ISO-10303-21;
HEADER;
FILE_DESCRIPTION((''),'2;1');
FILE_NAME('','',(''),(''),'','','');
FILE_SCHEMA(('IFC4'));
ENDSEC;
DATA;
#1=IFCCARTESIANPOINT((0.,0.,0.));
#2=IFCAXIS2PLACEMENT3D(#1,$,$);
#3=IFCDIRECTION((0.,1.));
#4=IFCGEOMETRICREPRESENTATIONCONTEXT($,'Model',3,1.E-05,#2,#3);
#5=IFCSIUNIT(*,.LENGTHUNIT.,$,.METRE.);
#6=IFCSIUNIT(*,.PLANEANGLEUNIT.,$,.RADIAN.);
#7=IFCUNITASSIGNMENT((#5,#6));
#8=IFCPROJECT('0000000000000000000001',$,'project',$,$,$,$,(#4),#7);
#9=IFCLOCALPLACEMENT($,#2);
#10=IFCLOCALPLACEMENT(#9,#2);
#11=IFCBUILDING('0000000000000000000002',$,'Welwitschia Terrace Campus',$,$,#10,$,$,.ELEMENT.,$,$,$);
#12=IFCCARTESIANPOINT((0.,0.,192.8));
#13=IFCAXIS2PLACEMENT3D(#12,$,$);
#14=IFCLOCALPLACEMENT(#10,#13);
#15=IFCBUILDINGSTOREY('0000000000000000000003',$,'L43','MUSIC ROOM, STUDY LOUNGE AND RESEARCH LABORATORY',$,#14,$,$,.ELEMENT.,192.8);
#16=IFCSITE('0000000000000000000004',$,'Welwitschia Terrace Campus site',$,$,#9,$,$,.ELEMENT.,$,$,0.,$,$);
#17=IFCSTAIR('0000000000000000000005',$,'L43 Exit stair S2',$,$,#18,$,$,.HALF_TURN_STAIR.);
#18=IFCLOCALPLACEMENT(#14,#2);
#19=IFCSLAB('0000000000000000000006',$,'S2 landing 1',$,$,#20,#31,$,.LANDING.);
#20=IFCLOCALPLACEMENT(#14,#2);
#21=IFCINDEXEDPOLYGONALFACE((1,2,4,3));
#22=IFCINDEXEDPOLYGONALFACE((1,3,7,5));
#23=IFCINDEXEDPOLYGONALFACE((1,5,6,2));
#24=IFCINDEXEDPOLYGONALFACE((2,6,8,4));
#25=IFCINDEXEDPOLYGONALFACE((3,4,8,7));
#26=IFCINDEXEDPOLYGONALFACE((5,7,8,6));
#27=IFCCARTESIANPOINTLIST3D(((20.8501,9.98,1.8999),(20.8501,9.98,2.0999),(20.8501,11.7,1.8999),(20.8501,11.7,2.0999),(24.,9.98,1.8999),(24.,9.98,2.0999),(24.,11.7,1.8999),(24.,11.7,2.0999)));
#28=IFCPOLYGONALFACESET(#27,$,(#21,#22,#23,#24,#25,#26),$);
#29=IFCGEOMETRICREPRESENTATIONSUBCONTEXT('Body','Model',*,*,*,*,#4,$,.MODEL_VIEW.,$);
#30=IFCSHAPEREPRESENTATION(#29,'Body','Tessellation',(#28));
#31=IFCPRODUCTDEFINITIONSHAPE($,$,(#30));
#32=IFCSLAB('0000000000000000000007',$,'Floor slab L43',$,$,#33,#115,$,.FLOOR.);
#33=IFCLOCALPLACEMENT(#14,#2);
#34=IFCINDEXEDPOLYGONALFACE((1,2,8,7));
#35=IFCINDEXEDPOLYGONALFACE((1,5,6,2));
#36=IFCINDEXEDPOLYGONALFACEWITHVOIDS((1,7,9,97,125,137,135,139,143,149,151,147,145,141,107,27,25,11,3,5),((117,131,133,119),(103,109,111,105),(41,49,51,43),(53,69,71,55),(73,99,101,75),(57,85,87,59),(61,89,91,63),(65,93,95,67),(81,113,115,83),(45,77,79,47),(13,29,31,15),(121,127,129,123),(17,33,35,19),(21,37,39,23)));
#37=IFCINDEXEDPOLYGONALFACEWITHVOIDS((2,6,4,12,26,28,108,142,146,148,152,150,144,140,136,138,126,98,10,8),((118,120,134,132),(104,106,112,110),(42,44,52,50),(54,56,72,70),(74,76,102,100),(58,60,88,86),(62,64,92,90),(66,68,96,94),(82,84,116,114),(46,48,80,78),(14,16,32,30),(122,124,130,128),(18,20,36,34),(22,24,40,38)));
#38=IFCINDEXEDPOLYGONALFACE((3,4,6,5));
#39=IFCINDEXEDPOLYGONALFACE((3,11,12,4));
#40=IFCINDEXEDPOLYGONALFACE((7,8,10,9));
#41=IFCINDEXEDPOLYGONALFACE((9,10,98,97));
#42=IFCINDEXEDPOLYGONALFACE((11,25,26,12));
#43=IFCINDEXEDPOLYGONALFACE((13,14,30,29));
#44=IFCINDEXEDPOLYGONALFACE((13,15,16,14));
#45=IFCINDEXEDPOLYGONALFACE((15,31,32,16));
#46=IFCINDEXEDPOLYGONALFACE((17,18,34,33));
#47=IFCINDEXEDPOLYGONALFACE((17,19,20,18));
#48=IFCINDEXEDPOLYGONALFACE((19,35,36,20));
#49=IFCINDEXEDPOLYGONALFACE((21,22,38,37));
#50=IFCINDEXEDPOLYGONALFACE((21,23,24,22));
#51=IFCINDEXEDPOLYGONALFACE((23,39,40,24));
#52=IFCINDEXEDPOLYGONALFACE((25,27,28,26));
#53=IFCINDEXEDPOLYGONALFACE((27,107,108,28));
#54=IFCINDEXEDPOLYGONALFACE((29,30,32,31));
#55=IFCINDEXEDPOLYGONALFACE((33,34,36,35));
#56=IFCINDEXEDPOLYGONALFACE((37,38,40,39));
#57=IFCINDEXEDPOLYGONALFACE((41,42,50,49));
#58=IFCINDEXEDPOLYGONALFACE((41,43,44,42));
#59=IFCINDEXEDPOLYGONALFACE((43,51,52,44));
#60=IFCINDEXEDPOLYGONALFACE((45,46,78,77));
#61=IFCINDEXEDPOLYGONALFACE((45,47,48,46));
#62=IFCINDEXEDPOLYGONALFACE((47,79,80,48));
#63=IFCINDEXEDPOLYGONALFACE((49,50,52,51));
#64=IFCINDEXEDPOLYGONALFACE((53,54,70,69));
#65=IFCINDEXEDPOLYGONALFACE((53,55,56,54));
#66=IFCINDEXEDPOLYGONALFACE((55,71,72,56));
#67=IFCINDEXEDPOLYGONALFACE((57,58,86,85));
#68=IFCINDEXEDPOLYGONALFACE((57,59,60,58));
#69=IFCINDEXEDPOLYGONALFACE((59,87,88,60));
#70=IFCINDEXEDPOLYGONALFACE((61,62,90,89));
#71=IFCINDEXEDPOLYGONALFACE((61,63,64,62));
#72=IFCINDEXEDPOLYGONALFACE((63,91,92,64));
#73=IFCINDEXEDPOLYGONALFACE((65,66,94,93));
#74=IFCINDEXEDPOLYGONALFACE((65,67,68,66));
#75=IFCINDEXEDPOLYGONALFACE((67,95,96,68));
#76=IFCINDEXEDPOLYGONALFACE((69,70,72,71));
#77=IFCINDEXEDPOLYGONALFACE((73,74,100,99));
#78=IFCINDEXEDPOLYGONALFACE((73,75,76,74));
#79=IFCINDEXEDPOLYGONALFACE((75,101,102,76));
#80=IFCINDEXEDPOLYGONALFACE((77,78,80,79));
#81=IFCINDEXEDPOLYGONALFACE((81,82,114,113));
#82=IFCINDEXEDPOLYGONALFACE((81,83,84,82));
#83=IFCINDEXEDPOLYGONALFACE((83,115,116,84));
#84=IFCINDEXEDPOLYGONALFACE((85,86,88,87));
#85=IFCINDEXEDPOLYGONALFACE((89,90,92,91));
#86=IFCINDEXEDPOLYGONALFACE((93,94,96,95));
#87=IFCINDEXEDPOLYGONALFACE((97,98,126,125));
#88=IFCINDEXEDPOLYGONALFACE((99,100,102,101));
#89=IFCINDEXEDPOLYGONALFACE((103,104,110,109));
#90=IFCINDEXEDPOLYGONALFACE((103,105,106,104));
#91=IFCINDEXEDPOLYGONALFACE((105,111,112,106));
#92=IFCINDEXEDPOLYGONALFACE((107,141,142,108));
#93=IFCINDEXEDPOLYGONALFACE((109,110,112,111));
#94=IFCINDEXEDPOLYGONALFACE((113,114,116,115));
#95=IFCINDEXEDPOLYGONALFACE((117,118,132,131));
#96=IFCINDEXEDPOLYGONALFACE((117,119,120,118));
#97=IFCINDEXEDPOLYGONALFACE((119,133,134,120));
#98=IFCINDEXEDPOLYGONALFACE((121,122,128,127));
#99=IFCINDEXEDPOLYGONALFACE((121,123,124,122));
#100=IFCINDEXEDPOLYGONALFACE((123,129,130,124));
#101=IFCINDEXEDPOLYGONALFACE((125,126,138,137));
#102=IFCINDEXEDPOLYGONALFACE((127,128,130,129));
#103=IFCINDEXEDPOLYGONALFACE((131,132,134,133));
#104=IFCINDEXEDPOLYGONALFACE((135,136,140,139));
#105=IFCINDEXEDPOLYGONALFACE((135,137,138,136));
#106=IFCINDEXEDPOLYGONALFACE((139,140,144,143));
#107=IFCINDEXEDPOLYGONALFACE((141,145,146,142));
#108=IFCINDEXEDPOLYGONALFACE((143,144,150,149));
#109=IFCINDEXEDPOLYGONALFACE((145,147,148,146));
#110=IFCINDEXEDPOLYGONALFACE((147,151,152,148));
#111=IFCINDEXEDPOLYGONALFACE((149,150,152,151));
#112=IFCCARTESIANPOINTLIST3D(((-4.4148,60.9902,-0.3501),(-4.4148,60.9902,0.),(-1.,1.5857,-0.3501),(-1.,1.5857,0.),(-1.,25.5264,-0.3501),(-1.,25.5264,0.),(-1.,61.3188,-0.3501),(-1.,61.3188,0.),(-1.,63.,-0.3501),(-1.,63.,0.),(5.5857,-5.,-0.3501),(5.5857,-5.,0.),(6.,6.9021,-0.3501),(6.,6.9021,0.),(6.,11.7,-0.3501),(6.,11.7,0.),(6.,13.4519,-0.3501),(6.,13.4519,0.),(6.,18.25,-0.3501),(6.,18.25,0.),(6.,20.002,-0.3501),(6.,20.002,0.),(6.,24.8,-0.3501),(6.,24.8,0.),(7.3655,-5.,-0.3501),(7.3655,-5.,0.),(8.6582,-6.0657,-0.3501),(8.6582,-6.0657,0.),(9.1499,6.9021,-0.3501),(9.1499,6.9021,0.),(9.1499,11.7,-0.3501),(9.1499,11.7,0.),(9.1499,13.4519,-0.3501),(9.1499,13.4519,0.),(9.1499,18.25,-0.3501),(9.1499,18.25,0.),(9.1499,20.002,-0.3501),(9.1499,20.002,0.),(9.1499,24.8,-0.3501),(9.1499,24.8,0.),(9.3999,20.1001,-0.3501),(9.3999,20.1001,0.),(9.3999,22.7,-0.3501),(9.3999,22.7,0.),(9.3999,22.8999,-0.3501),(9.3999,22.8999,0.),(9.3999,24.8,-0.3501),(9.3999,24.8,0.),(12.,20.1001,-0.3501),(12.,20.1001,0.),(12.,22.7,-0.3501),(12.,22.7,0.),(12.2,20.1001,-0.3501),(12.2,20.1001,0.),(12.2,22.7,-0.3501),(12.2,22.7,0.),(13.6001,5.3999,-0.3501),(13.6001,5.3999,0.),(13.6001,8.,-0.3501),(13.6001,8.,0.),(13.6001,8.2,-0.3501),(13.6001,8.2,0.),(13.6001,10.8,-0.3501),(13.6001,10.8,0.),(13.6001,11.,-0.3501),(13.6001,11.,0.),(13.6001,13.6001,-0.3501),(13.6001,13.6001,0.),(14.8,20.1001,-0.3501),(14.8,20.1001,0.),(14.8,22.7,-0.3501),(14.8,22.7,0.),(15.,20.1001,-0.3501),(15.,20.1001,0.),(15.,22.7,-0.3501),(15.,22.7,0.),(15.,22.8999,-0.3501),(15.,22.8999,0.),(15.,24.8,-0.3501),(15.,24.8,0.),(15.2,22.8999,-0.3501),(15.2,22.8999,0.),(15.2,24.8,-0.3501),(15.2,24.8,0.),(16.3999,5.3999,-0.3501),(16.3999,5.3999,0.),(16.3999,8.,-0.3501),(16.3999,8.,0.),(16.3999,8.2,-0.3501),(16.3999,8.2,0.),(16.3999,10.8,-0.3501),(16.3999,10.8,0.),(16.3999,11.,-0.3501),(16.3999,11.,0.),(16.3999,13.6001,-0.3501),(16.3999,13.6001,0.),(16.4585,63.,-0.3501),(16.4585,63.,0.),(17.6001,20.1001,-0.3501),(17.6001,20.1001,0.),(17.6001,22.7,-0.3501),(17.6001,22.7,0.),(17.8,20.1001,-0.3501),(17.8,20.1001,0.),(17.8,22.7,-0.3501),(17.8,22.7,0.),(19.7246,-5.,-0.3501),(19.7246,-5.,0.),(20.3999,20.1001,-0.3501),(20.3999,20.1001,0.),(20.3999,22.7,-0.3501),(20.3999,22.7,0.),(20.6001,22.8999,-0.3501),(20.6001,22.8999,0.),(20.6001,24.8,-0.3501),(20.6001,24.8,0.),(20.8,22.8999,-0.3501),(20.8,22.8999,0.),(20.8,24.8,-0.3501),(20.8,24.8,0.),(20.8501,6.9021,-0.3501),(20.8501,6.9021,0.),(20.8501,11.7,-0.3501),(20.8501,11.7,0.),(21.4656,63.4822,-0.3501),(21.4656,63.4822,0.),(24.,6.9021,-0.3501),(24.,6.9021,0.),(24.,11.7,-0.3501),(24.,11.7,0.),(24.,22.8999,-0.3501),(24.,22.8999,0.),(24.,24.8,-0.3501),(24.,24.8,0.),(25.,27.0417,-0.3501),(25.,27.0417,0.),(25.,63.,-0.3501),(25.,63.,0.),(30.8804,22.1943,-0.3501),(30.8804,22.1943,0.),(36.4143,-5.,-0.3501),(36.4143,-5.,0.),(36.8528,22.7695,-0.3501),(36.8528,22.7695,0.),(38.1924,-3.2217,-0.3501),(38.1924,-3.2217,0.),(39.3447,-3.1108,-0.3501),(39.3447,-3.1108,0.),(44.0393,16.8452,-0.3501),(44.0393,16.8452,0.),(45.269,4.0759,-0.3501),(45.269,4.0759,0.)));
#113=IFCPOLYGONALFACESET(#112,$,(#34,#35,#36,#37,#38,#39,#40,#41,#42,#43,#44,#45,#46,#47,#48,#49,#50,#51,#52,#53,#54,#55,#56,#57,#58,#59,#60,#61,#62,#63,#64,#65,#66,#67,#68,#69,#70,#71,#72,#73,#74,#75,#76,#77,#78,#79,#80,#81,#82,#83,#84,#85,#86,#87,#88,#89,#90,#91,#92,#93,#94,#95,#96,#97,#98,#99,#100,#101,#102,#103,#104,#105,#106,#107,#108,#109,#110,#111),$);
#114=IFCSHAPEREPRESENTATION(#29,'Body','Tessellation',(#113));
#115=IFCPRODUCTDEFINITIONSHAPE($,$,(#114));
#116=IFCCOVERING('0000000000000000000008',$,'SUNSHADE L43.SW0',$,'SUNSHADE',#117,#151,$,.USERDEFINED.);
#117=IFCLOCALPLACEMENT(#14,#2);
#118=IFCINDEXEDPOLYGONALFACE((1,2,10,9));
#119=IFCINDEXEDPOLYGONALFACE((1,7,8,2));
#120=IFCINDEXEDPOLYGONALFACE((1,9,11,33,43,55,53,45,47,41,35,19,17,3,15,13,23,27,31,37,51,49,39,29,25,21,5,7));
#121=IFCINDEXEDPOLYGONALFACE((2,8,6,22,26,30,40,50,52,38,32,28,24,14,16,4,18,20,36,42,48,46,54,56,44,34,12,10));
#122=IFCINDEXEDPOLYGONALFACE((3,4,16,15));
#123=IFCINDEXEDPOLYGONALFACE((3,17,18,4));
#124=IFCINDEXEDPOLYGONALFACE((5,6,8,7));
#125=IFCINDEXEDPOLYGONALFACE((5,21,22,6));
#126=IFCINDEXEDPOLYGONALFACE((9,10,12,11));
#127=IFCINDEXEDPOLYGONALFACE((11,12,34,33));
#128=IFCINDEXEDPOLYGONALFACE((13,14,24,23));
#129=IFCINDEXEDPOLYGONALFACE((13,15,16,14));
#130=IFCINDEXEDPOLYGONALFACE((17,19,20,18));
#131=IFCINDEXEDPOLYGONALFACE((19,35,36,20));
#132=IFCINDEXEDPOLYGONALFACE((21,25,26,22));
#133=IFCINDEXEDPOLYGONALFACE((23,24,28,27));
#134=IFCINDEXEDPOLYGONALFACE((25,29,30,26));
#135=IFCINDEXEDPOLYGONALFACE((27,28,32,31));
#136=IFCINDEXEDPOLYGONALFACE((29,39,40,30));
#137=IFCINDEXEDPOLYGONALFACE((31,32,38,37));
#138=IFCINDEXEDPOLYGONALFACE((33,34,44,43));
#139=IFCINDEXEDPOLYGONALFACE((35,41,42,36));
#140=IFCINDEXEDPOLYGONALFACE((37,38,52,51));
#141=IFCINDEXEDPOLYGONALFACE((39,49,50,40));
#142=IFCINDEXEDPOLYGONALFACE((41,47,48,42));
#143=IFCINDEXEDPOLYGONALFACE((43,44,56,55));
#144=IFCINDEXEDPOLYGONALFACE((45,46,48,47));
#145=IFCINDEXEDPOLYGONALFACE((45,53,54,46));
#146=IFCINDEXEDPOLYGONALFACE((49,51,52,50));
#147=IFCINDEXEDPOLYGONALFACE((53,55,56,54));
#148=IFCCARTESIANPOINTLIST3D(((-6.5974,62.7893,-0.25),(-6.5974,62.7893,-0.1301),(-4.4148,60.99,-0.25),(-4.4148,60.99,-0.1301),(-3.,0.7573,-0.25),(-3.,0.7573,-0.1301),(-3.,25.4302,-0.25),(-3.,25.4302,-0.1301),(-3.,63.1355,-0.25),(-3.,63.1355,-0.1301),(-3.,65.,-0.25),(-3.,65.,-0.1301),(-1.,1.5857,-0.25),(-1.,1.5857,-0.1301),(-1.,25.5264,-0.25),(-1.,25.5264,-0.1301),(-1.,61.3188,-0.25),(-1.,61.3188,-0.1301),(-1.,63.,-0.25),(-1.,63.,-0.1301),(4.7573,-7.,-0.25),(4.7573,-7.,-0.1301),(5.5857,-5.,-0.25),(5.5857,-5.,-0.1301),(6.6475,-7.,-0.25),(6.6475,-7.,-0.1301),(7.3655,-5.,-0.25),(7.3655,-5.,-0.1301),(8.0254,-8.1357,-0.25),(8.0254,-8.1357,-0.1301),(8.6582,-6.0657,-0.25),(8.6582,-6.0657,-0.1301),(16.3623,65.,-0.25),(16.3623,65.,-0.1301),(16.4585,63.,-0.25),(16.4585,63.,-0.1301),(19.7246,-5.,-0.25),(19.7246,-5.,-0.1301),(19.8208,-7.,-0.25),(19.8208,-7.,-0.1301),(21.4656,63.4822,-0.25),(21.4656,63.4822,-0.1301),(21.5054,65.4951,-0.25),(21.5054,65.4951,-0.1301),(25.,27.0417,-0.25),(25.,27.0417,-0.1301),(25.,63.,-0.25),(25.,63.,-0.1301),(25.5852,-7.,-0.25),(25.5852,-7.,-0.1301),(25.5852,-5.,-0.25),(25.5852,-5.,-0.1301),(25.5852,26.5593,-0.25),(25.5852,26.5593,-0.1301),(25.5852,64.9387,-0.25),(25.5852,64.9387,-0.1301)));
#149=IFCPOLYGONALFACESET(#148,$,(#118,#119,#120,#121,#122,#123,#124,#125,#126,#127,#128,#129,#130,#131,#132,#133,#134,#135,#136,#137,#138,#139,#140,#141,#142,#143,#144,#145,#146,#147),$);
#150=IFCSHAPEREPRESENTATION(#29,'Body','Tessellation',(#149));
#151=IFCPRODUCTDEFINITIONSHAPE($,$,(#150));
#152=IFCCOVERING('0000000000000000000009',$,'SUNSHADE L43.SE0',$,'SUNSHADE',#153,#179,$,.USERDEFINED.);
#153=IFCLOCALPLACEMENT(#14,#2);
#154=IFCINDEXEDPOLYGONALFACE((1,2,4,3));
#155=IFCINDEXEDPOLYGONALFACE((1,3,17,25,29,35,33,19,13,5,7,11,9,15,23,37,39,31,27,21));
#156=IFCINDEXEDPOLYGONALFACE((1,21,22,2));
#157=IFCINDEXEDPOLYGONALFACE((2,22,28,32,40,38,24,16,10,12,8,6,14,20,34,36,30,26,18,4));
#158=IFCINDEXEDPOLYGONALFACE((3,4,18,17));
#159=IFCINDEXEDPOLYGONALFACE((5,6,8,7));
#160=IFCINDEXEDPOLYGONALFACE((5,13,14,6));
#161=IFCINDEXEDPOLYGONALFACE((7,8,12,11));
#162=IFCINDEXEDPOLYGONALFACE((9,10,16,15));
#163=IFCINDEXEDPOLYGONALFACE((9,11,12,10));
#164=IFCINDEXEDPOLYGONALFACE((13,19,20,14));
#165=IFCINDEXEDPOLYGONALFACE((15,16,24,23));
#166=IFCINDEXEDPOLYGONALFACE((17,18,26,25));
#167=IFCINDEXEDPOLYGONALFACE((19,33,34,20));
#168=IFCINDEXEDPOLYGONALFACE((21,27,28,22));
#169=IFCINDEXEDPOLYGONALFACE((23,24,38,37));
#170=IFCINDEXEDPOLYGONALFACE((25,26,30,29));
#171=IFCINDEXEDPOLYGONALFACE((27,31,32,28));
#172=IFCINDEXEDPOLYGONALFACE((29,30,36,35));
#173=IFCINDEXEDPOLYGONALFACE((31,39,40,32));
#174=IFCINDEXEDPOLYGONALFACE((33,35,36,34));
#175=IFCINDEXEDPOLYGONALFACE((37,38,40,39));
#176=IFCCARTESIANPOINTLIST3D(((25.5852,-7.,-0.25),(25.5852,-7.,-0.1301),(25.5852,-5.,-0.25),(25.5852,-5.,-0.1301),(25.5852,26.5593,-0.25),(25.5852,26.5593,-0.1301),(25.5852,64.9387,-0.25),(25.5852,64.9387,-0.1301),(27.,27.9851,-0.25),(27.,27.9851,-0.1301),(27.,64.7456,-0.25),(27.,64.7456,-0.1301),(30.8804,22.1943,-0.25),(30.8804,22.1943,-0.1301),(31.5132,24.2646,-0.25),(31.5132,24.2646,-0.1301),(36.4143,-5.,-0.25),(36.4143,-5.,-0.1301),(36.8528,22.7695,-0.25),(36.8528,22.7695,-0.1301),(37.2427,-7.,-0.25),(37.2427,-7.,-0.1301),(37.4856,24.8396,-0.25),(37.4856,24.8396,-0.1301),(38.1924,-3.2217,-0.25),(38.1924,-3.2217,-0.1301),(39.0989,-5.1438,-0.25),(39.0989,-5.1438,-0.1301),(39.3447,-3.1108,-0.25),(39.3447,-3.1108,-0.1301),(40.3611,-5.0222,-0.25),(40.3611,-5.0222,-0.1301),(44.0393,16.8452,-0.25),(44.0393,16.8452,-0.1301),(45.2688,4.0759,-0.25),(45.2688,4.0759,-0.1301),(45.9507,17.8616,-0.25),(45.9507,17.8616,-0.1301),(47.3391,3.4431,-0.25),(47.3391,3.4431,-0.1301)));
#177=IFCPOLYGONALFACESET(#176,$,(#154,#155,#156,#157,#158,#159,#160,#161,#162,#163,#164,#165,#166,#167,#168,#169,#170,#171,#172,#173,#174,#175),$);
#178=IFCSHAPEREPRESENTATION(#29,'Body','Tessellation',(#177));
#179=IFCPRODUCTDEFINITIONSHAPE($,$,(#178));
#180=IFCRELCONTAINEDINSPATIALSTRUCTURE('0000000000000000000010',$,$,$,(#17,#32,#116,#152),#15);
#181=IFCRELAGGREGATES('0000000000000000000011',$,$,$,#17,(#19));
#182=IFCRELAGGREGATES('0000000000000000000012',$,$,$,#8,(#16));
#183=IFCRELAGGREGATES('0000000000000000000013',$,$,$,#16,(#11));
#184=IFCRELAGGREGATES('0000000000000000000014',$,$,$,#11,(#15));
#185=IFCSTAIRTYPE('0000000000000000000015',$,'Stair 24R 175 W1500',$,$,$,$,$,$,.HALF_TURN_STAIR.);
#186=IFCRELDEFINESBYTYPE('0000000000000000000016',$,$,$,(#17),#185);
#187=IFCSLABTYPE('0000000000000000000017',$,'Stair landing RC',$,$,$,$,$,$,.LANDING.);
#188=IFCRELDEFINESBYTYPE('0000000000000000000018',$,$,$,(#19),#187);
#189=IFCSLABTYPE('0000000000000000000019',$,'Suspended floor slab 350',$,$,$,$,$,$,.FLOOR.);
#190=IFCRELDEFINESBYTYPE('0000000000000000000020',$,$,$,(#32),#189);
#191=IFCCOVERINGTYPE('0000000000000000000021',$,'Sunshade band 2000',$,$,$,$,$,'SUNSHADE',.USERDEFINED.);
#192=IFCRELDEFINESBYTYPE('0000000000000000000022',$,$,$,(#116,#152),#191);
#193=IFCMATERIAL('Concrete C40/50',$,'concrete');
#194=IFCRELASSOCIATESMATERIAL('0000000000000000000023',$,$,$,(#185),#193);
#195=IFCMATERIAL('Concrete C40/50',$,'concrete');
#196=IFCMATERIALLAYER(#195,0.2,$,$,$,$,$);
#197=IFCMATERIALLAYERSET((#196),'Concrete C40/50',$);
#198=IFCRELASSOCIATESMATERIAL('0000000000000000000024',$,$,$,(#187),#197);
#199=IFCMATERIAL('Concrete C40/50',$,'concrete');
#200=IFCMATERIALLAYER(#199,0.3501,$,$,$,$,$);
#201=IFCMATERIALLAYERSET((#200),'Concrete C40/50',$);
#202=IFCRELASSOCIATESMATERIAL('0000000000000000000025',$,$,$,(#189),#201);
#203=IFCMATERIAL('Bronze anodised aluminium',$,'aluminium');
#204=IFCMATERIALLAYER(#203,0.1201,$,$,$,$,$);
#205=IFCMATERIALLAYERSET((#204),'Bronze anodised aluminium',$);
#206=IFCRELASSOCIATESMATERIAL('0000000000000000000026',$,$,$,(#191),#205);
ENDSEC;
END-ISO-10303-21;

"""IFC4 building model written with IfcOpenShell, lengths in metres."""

from ifc_helpers import new_model, si_unit, direction, frame, origin, place, context, subcontext, project, spatial, polyline, outline, extrude, material, layer, layer_set, type_object, element, aggregate, save


model = new_model("IFC4")

# Units and contexts
model_context = context("Model", 3, precision=1e-05, world=origin(), true_north=direction((0.0, 1.0)))
body_context = subcontext(model_context, "Body", "Model", "MODEL_VIEW")
ifc_project = project(units=[si_unit("LENGTHUNIT", "METRE"), si_unit("PLANEANGLEUNIT", "RADIAN")], contexts=[model_context])

# Site, building, storey
site_placement = place(None, origin())
site = spatial("IfcSite", under=ifc_project, at=site_placement, Name="Welwitschia Terrace Campus site", CompositionType="ELEMENT", RefElevation=0.0)
building_placement = place(site_placement, origin())
building = spatial("IfcBuilding", under=site, at=building_placement, Name="Welwitschia Terrace Campus", CompositionType="ELEMENT")
storey_placement = place(building_placement, frame((0.0, 0.0, 192.8)))
storey = spatial("IfcBuildingStorey", under=building, at=storey_placement, Name="L43", Description="MUSIC ROOM, STUDY LOUNGE AND RESEARCH LABORATORY", CompositionType="ELEMENT", Elevation=192.8)

# Stair, slab
ifc_material_1 = material(Name="Concrete C40/50", Category="concrete")
stair_type = type_object("IfcStairType", Name="Stair 24R 175 W1500", PredefinedType="HALF_TURN_STAIR", material=ifc_material_1)
ifc_material_2 = material(Name="Concrete C40/50", Category="concrete")
ifc_layer_1 = layer(ifc_material_2, 0.2)
ifc_layer_set_1 = layer_set([ifc_layer_1], Name="Concrete C40/50")
slab_type_1 = type_object("IfcSlabType", Name="Stair landing RC", PredefinedType="LANDING", material=ifc_layer_set_1)
stair_1_placement = place(storey_placement, origin())
stair_1 = element("IfcStair", 1, at=stair_1_placement, inside=storey, type_object=stair_type, Name="L43 Exit stair S2", PredefinedType="HALF_TURN_STAIR")
slab_1_placement = place(storey_placement, frame((0.0, 0.0, 1.8999)))
slab_1 = element("IfcSlab", 2, at=slab_1_placement, type_object=slab_type_1, Name="S2 landing 1", PredefinedType="LANDING", context=body_context, shape_type="SweptSolid", body=[
    extrude(outline(polyline([(24.0, 9.98), (24.0, 11.7), (20.8501, 11.7), (20.8501, 9.98), (24.0, 9.98)])), origin(), (0.0, 0.0, 1.0), 0.2),
])
aggregate(stair_1, [slab_1])

# Slab
ifc_material_3 = material(Name="Concrete C40/50", Category="concrete")
ifc_layer_2 = layer(ifc_material_3, 0.3501)
ifc_layer_set_2 = layer_set([ifc_layer_2], Name="Concrete C40/50")
slab_type_2 = type_object("IfcSlabType", Name="Suspended floor slab 350", PredefinedType="FLOOR", material=ifc_layer_set_2)
slab_2_placement = place(storey_placement, frame((0.0, 0.0, -0.3501)))
element("IfcSlab", 3, at=slab_2_placement, inside=storey, type_object=slab_type_2, Name="Floor slab L43", PredefinedType="FLOOR", context=body_context, shape_type="SweptSolid", body=[
    extrude(outline(polyline([(-1.0, 61.3188), (-1.0, 63.0), (16.4585, 63.0), (21.4656, 63.4822), (25.0, 63.0), (25.0, 27.0417), (30.8804, 22.1943), (36.8528, 22.7695), (44.0393, 16.8452), (45.269, 4.0759), (39.3447, -3.1108), (38.1924, -3.2217), (36.4143, -5.0), (19.7246, -5.0), (8.6582, -6.0657), (7.3655, -5.0), (5.5857, -5.0), (-1.0, 1.5857), (-1.0, 25.5264), (-4.4148, 60.9902), (-1.0, 61.3188)]), holes=[polyline([(13.6001, 8.0), (13.6001, 5.3999), (16.3999, 5.3999), (16.3999, 8.0), (13.6001, 8.0)]), polyline([(9.1499, 11.7), (6.0, 11.7), (6.0, 6.9021), (9.1499, 6.9021), (9.1499, 11.7)]), polyline([(9.1499, 18.25), (6.0, 18.25), (6.0, 13.4519), (9.1499, 13.4519), (9.1499, 18.25)]), polyline([(12.0, 22.7), (9.3999, 22.7), (9.3999, 20.1001), (12.0, 20.1001), (12.0, 22.7)]), polyline([(14.8, 22.7), (12.2, 22.7), (12.2, 20.1001), (14.8, 20.1001), (14.8, 22.7)]), polyline([(9.1499, 24.8), (6.0, 24.8), (6.0, 20.002), (9.1499, 20.002), (9.1499, 24.8)]), polyline([(15.0, 24.8), (9.3999, 24.8), (9.3999, 22.8999), (15.0, 22.8999), (15.0, 24.8)]), polyline([(20.8501, 11.7), (20.8501, 6.9021), (24.0, 6.9021), (24.0, 11.7), (20.8501, 11.7)]), polyline([(16.3999, 10.8), (13.6001, 10.8), (13.6001, 8.2), (16.3999, 8.2), (16.3999, 10.8)]), polyline([(16.3999, 13.6001), (13.6001, 13.6001), (13.6001, 11.0), (16.3999, 11.0), (16.3999, 13.6001)]), polyline([(17.6001, 22.7), (15.0, 22.7), (15.0, 20.1001), (17.6001, 20.1001), (17.6001, 22.7)]), polyline([(20.3999, 22.7), (17.8, 22.7), (17.8, 20.1001), (20.3999, 20.1001), (20.3999, 22.7)]), polyline([(20.6001, 24.8), (15.2, 24.8), (15.2, 22.8999), (20.6001, 22.8999), (20.6001, 24.8)]), polyline([(24.0, 24.8), (20.8, 24.8), (20.8, 22.8999), (24.0, 22.8999), (24.0, 24.8)])]), origin(), (0.0, 0.0, 1.0), 0.3501),
])

# Coverings
ifc_material_4 = material(Name="Bronze anodised aluminium", Category="aluminium")
ifc_layer_3 = layer(ifc_material_4, 0.1201)
ifc_layer_set_3 = layer_set([ifc_layer_3], Name="Bronze anodised aluminium")
covering_type_1 = type_object("IfcCoveringType", Name="Sunshade band 2000", ElementType="SUNSHADE", PredefinedType="USERDEFINED", material=ifc_layer_set_3)
covering_1_placement = place(storey_placement, frame((0.0, 0.0, -0.25)))
element("IfcCovering", 4, at=covering_1_placement, inside=storey, type_object=covering_type_1, Name="SUNSHADE L43.SW0", ObjectType="SUNSHADE", PredefinedType="USERDEFINED", context=body_context, shape_type="SweptSolid", body=[
    extrude(outline(polyline([(-3.0, 65.0), (16.3623, 65.0), (21.5054, 65.4951), (25.5852, 64.9387), (25.5852, 26.5593), (25.0, 27.0417), (25.0, 63.0), (21.4656, 63.4822), (16.4585, 63.0), (-1.0, 63.0), (-1.0, 61.3188), (-4.4148, 60.99), (-1.0, 25.5264), (-1.0, 1.5857), (5.5857, -5.0), (7.3655, -5.0), (8.6582, -6.0657), (19.7246, -5.0), (25.5852, -5.0), (25.5852, -7.0), (19.8208, -7.0), (8.0254, -8.1357), (6.6475, -7.0), (4.7573, -7.0), (-3.0, 0.7573), (-3.0, 25.4302), (-6.5974, 62.7893), (-3.0, 63.1355), (-3.0, 65.0)])), origin(), (0.0, 0.0, 1.0), 0.1199),
])
covering_2_placement = place(storey_placement, frame((0.0, 0.0, -0.25)))
element("IfcCovering", 5, at=covering_2_placement, inside=storey, type_object=covering_type_1, Name="SUNSHADE L43.SE0", ObjectType="SUNSHADE", PredefinedType="USERDEFINED", context=body_context, shape_type="SweptSolid", body=[
    extrude(outline(polyline([(27.0, 64.7456), (27.0, 27.9851), (31.5132, 24.2646), (37.4856, 24.8396), (45.9507, 17.8616), (47.3391, 3.4431), (40.3611, -5.0222), (39.0989, -5.1438), (37.2427, -7.0), (25.5852, -7.0), (25.5852, -5.0), (36.4143, -5.0), (38.1924, -3.2217), (39.3447, -3.1108), (45.2688, 4.0759), (44.0393, 16.8452), (36.8528, 22.7695), (30.8804, 22.1943), (25.5852, 26.5593), (25.5852, 64.9387), (27.0, 64.7456)])), origin(), (0.0, 0.0, 1.0), 0.1199),
])

save(model, "model.ifc")
